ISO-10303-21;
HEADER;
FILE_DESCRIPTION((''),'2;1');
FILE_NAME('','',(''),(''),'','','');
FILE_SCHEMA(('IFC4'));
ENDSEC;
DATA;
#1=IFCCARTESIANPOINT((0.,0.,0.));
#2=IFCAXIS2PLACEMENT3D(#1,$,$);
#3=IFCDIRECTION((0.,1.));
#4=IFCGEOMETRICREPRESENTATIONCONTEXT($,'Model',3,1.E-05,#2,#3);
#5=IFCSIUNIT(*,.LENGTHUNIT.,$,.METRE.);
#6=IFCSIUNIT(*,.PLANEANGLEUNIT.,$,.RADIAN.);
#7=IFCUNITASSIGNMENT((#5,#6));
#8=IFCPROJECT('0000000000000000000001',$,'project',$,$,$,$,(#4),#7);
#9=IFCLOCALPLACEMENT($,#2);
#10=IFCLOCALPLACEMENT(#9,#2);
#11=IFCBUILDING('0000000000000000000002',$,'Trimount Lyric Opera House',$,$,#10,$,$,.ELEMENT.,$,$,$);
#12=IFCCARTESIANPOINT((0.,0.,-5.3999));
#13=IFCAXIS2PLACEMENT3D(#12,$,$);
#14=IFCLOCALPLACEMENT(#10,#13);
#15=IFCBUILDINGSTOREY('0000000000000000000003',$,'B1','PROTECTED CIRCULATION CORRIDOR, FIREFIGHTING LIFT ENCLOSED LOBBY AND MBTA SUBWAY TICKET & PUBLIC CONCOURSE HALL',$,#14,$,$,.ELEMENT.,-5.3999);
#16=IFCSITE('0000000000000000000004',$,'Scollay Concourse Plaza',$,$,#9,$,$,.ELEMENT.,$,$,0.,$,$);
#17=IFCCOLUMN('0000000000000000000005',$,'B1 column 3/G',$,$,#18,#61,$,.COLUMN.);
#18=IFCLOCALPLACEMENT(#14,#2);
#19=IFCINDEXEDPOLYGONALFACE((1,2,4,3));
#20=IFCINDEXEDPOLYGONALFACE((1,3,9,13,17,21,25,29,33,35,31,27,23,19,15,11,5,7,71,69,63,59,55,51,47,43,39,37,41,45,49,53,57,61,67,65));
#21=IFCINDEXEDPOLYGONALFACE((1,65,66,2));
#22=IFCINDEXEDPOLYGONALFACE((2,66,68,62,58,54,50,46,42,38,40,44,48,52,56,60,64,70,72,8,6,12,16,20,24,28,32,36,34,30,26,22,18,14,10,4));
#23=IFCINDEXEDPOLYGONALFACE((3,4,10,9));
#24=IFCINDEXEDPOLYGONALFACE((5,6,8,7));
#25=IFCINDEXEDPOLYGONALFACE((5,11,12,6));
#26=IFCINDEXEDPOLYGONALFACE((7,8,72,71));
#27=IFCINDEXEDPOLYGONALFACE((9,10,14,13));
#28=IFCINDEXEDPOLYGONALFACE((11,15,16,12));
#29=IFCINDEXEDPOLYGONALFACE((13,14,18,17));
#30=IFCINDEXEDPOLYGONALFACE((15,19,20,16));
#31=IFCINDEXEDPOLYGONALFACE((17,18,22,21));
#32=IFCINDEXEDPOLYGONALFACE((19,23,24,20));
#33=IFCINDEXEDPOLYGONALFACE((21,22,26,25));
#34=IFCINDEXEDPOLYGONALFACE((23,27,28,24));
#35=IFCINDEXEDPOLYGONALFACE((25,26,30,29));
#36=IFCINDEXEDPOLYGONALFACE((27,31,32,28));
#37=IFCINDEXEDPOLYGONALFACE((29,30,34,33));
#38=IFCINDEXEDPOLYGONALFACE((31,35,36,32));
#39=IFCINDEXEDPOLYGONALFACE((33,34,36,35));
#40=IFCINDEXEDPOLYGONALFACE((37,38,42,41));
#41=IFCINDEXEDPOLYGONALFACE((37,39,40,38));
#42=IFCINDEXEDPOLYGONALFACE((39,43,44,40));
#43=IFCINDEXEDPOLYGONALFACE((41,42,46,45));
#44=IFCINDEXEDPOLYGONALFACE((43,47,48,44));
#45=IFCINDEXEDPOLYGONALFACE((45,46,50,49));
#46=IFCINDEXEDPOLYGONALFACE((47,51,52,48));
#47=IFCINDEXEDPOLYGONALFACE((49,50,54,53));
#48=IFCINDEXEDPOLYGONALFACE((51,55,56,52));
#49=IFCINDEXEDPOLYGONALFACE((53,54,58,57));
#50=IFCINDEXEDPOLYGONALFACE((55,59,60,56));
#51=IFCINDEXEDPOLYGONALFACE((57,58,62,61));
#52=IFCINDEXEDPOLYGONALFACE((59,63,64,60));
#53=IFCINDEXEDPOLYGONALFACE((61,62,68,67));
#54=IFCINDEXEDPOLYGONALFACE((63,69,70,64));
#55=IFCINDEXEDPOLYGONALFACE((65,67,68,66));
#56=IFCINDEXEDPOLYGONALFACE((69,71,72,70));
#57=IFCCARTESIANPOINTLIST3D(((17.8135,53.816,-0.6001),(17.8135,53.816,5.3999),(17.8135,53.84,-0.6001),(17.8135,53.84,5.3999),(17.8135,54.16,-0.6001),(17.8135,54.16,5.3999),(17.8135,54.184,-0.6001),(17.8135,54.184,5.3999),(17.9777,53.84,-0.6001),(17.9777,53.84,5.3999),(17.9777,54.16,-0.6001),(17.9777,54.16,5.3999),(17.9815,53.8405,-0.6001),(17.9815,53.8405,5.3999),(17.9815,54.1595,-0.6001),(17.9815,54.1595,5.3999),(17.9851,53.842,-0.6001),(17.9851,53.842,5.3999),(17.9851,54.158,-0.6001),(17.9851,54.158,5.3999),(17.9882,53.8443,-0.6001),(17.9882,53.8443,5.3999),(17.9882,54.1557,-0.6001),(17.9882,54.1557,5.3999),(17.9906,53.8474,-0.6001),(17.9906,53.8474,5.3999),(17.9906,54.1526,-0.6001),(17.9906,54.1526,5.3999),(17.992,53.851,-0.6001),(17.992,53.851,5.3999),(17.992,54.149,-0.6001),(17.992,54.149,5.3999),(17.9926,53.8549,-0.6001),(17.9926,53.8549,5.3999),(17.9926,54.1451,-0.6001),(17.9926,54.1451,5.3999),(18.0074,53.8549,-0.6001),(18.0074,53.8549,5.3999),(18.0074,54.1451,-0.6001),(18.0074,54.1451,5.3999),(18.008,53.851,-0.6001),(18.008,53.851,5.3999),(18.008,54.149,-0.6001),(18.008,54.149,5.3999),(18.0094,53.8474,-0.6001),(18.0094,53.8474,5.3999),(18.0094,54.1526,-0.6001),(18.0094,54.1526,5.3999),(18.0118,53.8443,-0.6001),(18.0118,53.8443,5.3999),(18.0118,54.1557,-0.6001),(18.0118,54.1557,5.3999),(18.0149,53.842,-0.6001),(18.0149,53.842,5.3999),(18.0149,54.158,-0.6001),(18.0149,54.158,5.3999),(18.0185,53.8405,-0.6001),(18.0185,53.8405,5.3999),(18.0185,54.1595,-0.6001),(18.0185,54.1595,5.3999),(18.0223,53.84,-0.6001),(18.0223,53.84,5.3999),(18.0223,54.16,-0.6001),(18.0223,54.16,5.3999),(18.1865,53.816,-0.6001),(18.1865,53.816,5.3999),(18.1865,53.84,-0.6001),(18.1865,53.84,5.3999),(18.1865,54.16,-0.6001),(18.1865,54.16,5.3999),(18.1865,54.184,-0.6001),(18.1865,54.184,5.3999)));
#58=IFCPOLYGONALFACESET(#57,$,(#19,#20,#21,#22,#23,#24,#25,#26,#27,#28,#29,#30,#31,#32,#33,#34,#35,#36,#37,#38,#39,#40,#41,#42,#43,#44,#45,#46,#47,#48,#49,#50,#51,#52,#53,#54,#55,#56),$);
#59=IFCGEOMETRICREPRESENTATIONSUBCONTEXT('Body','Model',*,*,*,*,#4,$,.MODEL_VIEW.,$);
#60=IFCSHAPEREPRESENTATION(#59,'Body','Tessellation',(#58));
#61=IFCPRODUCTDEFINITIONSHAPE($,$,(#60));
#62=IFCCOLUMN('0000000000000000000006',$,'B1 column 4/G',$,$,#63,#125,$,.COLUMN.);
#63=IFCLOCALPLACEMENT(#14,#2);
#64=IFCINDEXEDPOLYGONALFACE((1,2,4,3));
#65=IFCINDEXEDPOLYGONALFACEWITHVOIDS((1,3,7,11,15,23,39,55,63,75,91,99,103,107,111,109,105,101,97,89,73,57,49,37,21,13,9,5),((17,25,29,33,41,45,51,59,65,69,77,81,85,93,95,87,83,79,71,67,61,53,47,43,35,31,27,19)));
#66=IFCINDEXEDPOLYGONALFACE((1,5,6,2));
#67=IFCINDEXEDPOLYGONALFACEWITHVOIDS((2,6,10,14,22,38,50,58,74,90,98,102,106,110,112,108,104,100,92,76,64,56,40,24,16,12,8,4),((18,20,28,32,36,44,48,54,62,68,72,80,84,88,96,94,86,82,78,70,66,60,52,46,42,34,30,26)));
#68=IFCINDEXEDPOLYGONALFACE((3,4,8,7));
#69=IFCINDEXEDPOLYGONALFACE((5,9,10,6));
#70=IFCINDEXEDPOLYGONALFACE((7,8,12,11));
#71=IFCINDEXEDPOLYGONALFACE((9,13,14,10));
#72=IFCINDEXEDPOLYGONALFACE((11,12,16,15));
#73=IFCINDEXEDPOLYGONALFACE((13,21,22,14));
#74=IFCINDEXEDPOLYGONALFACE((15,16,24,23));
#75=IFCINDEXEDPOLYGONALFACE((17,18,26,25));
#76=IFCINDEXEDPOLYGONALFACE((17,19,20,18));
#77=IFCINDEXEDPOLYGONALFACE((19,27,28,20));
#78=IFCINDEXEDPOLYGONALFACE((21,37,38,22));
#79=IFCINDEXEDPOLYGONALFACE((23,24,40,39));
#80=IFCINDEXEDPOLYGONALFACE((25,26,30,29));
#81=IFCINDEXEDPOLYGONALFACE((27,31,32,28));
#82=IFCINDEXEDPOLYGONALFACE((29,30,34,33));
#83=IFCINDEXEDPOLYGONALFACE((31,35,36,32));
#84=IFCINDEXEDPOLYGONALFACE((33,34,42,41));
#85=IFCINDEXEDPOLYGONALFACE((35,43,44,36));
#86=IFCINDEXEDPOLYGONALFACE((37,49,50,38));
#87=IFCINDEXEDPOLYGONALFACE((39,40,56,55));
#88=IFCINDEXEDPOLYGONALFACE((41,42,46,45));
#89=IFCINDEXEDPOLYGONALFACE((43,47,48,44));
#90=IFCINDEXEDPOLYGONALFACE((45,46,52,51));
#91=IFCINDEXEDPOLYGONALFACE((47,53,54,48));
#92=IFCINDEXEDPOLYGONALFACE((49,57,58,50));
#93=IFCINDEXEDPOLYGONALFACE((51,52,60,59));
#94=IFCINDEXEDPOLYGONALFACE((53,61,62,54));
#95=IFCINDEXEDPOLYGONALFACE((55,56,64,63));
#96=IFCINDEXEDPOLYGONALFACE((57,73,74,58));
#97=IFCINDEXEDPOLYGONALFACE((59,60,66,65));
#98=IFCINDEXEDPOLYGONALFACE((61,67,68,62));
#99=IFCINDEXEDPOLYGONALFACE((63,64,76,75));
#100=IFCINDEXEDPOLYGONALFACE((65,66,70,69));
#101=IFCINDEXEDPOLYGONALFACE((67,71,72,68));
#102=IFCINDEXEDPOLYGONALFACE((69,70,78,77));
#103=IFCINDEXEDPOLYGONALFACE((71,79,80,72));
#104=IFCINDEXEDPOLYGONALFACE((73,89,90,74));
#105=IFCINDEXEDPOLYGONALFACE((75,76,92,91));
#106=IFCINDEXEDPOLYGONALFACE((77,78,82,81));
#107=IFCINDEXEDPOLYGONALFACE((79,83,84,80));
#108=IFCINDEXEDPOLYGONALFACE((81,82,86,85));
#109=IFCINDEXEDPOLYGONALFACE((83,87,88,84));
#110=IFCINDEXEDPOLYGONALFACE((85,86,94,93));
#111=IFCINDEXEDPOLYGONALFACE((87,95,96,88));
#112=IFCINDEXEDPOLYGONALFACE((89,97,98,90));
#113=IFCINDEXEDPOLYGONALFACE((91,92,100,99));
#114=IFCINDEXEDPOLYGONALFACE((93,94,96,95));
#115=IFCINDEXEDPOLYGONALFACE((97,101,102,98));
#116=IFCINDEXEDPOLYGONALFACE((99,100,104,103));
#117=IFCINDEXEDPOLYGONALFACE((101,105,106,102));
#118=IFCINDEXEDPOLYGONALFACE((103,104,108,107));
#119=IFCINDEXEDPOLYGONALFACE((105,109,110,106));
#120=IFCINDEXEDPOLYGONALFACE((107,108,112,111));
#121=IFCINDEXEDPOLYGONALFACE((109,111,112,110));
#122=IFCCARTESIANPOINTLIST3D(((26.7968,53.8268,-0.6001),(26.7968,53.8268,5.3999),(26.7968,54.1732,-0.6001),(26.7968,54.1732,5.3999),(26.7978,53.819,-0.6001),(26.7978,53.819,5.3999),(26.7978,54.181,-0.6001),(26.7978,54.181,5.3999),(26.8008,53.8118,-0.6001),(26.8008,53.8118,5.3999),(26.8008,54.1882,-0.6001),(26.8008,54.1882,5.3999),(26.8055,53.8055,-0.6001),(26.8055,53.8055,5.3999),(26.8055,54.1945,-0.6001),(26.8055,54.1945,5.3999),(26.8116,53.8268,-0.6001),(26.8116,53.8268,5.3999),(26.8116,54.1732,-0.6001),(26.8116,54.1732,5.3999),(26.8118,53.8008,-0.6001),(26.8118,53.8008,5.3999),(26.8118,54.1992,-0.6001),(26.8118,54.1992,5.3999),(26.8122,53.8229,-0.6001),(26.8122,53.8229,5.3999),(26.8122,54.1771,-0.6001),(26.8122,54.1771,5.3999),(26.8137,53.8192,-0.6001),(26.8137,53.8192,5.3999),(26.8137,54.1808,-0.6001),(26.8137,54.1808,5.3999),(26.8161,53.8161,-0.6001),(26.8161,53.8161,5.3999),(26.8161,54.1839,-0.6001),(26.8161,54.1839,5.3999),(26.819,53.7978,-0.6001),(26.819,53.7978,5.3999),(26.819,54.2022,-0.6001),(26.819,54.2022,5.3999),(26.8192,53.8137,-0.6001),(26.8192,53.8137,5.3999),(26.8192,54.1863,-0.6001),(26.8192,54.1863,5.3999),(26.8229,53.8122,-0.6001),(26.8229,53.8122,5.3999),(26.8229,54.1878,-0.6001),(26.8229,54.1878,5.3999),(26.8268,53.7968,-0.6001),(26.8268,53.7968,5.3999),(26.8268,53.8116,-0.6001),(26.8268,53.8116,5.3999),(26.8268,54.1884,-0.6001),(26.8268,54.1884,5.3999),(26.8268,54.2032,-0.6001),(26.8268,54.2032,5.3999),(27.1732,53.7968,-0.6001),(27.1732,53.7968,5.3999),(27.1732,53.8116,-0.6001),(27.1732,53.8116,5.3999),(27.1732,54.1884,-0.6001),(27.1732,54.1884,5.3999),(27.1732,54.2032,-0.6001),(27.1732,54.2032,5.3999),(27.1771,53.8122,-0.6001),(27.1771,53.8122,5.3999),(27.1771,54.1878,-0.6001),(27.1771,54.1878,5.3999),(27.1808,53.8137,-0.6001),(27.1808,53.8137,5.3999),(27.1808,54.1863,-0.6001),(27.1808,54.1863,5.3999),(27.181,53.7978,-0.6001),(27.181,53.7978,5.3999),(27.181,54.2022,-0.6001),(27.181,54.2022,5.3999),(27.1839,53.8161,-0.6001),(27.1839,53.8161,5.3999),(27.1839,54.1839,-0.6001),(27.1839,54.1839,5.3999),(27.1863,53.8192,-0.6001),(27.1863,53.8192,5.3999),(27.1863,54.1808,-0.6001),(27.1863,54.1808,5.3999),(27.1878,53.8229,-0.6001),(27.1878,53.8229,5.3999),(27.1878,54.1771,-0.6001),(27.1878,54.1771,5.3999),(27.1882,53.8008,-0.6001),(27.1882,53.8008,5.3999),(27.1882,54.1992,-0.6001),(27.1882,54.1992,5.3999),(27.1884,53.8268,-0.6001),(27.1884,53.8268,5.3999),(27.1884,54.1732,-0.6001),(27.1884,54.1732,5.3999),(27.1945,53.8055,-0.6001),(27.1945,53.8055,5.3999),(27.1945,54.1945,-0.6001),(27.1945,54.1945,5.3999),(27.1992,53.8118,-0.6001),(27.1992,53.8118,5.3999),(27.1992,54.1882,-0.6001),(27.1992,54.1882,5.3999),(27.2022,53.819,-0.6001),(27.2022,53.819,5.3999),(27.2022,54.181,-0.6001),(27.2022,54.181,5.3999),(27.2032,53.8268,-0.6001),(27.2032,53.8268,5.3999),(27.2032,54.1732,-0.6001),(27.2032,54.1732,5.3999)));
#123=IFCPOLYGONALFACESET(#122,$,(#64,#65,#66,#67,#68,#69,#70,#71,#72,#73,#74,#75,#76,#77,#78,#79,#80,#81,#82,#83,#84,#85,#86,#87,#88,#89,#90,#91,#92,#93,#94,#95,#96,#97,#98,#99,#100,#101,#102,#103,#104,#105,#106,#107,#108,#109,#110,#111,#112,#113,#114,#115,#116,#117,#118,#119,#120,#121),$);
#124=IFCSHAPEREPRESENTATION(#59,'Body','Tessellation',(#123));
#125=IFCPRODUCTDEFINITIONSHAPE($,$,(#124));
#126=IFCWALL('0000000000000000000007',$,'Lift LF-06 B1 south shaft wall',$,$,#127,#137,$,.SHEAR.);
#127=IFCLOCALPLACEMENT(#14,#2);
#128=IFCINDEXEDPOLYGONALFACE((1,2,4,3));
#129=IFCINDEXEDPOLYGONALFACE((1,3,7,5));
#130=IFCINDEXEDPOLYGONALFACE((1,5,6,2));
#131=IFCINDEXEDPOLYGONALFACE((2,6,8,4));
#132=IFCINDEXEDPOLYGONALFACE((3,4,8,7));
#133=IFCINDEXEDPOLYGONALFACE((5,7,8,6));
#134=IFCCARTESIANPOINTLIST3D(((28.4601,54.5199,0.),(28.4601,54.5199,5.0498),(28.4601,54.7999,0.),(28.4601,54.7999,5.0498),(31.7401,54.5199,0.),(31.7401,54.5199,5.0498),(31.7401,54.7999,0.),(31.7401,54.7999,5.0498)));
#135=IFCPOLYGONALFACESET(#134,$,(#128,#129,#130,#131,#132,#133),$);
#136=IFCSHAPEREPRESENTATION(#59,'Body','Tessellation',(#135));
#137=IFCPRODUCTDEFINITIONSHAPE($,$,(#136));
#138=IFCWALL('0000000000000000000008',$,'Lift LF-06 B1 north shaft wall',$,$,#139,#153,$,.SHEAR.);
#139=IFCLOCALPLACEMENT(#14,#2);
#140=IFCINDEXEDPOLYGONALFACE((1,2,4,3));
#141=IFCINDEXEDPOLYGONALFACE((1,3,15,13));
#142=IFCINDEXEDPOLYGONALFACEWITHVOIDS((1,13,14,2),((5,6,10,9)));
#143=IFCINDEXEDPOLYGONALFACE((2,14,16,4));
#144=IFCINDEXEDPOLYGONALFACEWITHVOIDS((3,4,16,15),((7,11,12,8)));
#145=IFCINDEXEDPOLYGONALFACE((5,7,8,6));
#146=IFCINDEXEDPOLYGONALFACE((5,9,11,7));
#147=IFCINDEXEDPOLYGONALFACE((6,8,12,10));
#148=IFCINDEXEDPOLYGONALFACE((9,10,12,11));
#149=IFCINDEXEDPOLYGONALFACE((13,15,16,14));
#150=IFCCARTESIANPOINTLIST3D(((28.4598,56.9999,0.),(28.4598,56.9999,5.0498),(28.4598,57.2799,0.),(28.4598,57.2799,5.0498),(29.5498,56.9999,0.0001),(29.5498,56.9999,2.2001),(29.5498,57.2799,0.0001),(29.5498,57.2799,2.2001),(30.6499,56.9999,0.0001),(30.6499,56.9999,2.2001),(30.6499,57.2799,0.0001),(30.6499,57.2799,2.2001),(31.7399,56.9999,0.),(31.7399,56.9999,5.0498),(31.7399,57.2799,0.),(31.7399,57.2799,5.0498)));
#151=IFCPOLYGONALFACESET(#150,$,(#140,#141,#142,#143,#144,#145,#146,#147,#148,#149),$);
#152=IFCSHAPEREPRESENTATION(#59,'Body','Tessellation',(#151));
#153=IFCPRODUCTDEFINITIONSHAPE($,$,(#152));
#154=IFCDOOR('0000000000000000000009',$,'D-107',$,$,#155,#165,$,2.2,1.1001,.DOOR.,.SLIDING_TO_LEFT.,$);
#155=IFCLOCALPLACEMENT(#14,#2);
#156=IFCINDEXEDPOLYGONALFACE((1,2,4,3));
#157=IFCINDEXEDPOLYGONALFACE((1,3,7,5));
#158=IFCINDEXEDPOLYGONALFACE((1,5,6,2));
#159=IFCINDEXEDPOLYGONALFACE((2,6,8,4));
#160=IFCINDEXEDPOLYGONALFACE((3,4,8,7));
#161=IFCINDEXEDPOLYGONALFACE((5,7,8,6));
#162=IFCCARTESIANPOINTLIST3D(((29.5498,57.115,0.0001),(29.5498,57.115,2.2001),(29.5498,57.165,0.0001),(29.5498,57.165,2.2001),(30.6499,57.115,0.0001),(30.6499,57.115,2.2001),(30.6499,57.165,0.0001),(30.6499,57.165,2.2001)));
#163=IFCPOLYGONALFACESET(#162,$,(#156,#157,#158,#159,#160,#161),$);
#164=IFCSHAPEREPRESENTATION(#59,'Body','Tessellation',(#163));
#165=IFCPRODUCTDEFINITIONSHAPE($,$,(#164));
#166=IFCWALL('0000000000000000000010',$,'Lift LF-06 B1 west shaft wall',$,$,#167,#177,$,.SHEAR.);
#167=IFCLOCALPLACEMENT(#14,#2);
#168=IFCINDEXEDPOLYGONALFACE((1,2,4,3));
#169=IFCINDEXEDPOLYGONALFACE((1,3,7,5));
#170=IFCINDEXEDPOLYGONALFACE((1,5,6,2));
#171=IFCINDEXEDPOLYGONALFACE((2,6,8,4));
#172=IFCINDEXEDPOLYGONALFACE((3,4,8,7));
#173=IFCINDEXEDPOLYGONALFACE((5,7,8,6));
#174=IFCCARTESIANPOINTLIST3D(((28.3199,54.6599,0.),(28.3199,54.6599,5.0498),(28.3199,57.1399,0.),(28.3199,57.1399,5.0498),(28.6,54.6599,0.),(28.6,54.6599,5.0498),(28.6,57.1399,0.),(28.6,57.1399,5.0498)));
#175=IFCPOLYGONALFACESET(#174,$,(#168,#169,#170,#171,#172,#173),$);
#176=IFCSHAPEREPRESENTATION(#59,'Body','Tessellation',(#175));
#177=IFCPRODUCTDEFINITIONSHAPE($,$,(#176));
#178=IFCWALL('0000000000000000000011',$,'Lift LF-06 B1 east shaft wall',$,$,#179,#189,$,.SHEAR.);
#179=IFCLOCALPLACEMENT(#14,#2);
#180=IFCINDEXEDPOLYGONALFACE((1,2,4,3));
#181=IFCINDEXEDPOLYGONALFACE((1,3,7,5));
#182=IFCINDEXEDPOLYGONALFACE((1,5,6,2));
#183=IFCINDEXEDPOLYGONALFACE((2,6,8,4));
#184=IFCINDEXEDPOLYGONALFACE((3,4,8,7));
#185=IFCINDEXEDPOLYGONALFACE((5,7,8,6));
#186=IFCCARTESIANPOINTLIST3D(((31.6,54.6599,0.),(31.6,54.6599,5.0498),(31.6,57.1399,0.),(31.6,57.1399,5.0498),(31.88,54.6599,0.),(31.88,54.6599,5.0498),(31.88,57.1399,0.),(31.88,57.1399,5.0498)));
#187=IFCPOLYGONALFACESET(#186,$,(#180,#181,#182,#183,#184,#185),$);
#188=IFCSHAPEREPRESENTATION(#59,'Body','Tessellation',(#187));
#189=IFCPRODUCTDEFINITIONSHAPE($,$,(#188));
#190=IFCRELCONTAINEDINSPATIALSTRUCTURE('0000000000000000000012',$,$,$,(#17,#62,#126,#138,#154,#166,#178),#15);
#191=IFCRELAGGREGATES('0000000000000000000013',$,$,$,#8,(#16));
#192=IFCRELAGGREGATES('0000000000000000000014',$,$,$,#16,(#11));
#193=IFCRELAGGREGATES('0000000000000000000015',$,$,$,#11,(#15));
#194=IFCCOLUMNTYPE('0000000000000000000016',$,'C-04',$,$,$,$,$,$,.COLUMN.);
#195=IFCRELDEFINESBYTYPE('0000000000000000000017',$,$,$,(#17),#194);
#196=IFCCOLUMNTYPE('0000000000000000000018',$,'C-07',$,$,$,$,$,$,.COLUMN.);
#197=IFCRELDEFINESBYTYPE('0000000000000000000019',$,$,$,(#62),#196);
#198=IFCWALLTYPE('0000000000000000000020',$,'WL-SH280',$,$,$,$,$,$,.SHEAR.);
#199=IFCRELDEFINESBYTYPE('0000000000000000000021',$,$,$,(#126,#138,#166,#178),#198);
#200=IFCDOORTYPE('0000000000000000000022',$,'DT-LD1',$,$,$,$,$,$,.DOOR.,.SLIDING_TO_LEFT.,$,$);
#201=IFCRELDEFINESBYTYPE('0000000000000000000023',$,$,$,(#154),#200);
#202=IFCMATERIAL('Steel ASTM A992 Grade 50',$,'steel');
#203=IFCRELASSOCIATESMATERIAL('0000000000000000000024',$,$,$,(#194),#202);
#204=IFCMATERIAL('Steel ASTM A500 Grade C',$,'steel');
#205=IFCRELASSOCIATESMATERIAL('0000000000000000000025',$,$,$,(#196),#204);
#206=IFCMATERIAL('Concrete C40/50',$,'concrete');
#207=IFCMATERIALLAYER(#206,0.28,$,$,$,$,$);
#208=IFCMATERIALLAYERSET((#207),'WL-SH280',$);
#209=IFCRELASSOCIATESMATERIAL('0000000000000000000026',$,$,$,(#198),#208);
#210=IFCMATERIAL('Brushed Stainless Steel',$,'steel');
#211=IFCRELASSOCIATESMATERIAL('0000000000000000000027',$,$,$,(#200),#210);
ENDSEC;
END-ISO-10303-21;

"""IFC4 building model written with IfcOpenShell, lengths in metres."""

from ifc_helpers import new_model, si_unit, direction, frame, frame_2d, origin, origin_2d, place, context, subcontext, project, spatial, rectangle, hollow_rectangle, i_section, extrude, material, layer, layer_set, material_profile, profile_set, type_object, element, fill, save


model = new_model("IFC4")

# Units and contexts
model_context = context("Model", 3, precision=1e-05, world=origin(), true_north=direction((0.0, 1.0)))
body_context = subcontext(model_context, "Body", "Model", "MODEL_VIEW")
ifc_project = project(units=[si_unit("LENGTHUNIT", "METRE"), si_unit("PLANEANGLEUNIT", "RADIAN")], contexts=[model_context])

# Site, building, storey
site_placement = place(None, origin())
site = spatial("IfcSite", under=ifc_project, at=site_placement, Name="Scollay Concourse Plaza", CompositionType="ELEMENT", RefElevation=0.0)
building_placement = place(site_placement, origin())
building = spatial("IfcBuilding", under=site, at=building_placement, Name="Trimount Lyric Opera House", CompositionType="ELEMENT")
storey_placement = place(building_placement, frame((0.0, 0.0, -5.3999)))
storey = spatial("IfcBuildingStorey", under=building, at=storey_placement, Name="B1", Description="PROTECTED CIRCULATION CORRIDOR, FIREFIGHTING LIFT ENCLOSED LOBBY AND MBTA SUBWAY TICKET & PUBLIC CONCOURSE HALL", CompositionType="ELEMENT", Elevation=-5.3999)

# Columns
ifc_material_1 = material(Name="Steel ASTM A992 Grade 50", Category="steel")
ifc_material_profile_1 = material_profile(ifc_material_1, i_section(OverallWidth=0.373, OverallDepth=0.3679, WebThickness=0.0149, FlangeThickness=0.0239, FilletRadius=0.0149, at=origin_2d()), Name="W14X120")
ifc_profile_set_1 = profile_set([ifc_material_profile_1], Name="Steel ASTM A992 Grade 50")
column_type_1 = type_object("IfcColumnType", Name="C-04", PredefinedType="COLUMN", material=ifc_profile_set_1)
column_1_placement = place(storey_placement, frame((18.0, 54.0, -0.6001), z_axis=(0.0, 0.0, 1.0), x_axis=(1.0, 0.0, 0.0)))
element("IfcColumn", 1, at=column_1_placement, inside=storey, type_object=column_type_1, Name="B1 column 3/G", PredefinedType="COLUMN", context=body_context, shape_type="SweptSolid", body=[
    extrude(i_section(OverallWidth=0.373, OverallDepth=0.3679, WebThickness=0.0149, FlangeThickness=0.0239, FilletRadius=0.0149, at=origin_2d()), origin(), (0.0, 0.0, 1.0), 6.0),
])
ifc_material_2 = material(Name="Steel ASTM A500 Grade C", Category="steel")
ifc_material_profile_2 = material_profile(ifc_material_2, hollow_rectangle(XDim=0.4065, YDim=0.4065, WallThickness=0.0149, InnerFilletRadius=0.0151, OuterFilletRadius=0.03, at=origin_2d()), Name="HSS406.4X406.4X15.9")
ifc_profile_set_2 = profile_set([ifc_material_profile_2], Name="Steel ASTM A500 Grade C")
column_type_2 = type_object("IfcColumnType", Name="C-07", PredefinedType="COLUMN", material=ifc_profile_set_2)
column_2_placement = place(storey_placement, frame((27.0, 54.0, -0.6001), z_axis=(0.0, 0.0, 1.0), x_axis=(1.0, 0.0, 0.0)))
element("IfcColumn", 2, at=column_2_placement, inside=storey, type_object=column_type_2, Name="B1 column 4/G", PredefinedType="COLUMN", context=body_context, shape_type="SweptSolid", body=[
    extrude(hollow_rectangle(XDim=0.4065, YDim=0.4065, WallThickness=0.0149, InnerFilletRadius=0.0151, OuterFilletRadius=0.03, at=origin_2d()), origin(), (0.0, 0.0, 1.0), 6.0),
])

# Wall
ifc_material_3 = material(Name="Concrete C40/50", Category="concrete")
ifc_layer_1 = layer(ifc_material_3, 0.28)
ifc_layer_set_1 = layer_set([ifc_layer_1], Name="WL-SH280")
wall_type_1 = type_object("IfcWallType", Name="WL-SH280", PredefinedType="SHEAR", material=ifc_layer_set_1)
wall_1_placement = place(storey_placement, frame((28.46, 54.6599, 0.0), z_axis=(0.0, 0.0, 1.0), x_axis=(1.0, 0.0, 0.0)))
element("IfcWall", 3, at=wall_1_placement, inside=storey, type_object=wall_type_1, Name="Lift LF-06 B1 south shaft wall", PredefinedType="SHEAR", context=body_context, shape_type="SweptSolid", body=[
    extrude(rectangle(XDim=3.28, YDim=0.28, at=frame_2d((1.6401, 0.0))), origin(), (0.0, 0.0, 1.0), 5.0498),
])

# Wall, opening, door
wall_2_placement = place(storey_placement, frame((31.74, 57.1399, 0.0), z_axis=(0.0, 0.0, 1.0), x_axis=(-1.0, 0.0, 0.0)))
wall_2 = element("IfcWall", 4, at=wall_2_placement, inside=storey, type_object=wall_type_1, Name="Lift LF-06 B1 north shaft wall", PredefinedType="SHEAR", context=body_context, shape_type="SweptSolid", body=[
    extrude(rectangle(XDim=3.28, YDim=0.28, at=frame_2d((1.6401, 0.0))), origin(), (0.0, 0.0, 1.0), 5.0498),
])
opening_placement = place(wall_2_placement, frame((1.0901, 0.0, 0.0)))
opening = element("IfcOpeningElement", 5, at=opening_placement, cuts=wall_2, PredefinedType="OPENING", context=body_context, shape_type="SweptSolid", body=[
    extrude(rectangle(XDim=1.1001, YDim=2.2, at=frame_2d((0.55, 1.1001))), frame((0.0, 0.1499, 0.0), z_axis=(0.0, -1.0, 0.0), x_axis=(1.0, 0.0, 0.0)), (0.0, 0.0, 1.0), 0.3),
])
ifc_material_4 = material(Name="Brushed Stainless Steel", Category="steel")
door_type = type_object("IfcDoorType", Name="DT-LD1", OperationType="SLIDING_TO_LEFT", PredefinedType="DOOR", material=ifc_material_4)
door_placement = place(opening_placement, origin())
door = element("IfcDoor", 6, at=door_placement, inside=storey, type_object=door_type, Name="D-107", OperationType="SLIDING_TO_LEFT", OverallHeight=2.2, OverallWidth=1.1001, PredefinedType="DOOR", context=body_context, shape_type="SweptSolid", body=[
    extrude(rectangle(XDim=1.1001, YDim=2.2, at=frame_2d((0.55, 1.1001))), frame((0.0, 0.0249, 0.0), z_axis=(0.0, -1.0, 0.0), x_axis=(1.0, 0.0, 0.0)), (0.0, 0.0, 1.0), 0.05),
])
fill(opening, door)

# Walls
for number, where, z_axis, x_axis, name in (
    (7, (28.46, 57.1399, 0.0), (0.0, 0.0, 1.0), (0.0, -1.0, 0.0), "Lift LF-06 B1 west shaft wall"),
    (8, (31.74, 54.6599, 0.0), (0.0, 0.0, 1.0), (0.0, 1.0, 0.0), "Lift LF-06 B1 east shaft wall"),
):
    element("IfcWall", number, at=place(storey_placement, frame(where, z_axis=z_axis, x_axis=x_axis)), inside=storey, type_object=wall_type_1, Name=name, PredefinedType="SHEAR", context=body_context, shape_type="SweptSolid", body=[
        extrude(rectangle(XDim=2.48, YDim=0.28, at=frame_2d((1.24, 0.0))), origin(), (0.0, 0.0, 1.0), 5.0498),
    ])

save(model, "model.ifc")
